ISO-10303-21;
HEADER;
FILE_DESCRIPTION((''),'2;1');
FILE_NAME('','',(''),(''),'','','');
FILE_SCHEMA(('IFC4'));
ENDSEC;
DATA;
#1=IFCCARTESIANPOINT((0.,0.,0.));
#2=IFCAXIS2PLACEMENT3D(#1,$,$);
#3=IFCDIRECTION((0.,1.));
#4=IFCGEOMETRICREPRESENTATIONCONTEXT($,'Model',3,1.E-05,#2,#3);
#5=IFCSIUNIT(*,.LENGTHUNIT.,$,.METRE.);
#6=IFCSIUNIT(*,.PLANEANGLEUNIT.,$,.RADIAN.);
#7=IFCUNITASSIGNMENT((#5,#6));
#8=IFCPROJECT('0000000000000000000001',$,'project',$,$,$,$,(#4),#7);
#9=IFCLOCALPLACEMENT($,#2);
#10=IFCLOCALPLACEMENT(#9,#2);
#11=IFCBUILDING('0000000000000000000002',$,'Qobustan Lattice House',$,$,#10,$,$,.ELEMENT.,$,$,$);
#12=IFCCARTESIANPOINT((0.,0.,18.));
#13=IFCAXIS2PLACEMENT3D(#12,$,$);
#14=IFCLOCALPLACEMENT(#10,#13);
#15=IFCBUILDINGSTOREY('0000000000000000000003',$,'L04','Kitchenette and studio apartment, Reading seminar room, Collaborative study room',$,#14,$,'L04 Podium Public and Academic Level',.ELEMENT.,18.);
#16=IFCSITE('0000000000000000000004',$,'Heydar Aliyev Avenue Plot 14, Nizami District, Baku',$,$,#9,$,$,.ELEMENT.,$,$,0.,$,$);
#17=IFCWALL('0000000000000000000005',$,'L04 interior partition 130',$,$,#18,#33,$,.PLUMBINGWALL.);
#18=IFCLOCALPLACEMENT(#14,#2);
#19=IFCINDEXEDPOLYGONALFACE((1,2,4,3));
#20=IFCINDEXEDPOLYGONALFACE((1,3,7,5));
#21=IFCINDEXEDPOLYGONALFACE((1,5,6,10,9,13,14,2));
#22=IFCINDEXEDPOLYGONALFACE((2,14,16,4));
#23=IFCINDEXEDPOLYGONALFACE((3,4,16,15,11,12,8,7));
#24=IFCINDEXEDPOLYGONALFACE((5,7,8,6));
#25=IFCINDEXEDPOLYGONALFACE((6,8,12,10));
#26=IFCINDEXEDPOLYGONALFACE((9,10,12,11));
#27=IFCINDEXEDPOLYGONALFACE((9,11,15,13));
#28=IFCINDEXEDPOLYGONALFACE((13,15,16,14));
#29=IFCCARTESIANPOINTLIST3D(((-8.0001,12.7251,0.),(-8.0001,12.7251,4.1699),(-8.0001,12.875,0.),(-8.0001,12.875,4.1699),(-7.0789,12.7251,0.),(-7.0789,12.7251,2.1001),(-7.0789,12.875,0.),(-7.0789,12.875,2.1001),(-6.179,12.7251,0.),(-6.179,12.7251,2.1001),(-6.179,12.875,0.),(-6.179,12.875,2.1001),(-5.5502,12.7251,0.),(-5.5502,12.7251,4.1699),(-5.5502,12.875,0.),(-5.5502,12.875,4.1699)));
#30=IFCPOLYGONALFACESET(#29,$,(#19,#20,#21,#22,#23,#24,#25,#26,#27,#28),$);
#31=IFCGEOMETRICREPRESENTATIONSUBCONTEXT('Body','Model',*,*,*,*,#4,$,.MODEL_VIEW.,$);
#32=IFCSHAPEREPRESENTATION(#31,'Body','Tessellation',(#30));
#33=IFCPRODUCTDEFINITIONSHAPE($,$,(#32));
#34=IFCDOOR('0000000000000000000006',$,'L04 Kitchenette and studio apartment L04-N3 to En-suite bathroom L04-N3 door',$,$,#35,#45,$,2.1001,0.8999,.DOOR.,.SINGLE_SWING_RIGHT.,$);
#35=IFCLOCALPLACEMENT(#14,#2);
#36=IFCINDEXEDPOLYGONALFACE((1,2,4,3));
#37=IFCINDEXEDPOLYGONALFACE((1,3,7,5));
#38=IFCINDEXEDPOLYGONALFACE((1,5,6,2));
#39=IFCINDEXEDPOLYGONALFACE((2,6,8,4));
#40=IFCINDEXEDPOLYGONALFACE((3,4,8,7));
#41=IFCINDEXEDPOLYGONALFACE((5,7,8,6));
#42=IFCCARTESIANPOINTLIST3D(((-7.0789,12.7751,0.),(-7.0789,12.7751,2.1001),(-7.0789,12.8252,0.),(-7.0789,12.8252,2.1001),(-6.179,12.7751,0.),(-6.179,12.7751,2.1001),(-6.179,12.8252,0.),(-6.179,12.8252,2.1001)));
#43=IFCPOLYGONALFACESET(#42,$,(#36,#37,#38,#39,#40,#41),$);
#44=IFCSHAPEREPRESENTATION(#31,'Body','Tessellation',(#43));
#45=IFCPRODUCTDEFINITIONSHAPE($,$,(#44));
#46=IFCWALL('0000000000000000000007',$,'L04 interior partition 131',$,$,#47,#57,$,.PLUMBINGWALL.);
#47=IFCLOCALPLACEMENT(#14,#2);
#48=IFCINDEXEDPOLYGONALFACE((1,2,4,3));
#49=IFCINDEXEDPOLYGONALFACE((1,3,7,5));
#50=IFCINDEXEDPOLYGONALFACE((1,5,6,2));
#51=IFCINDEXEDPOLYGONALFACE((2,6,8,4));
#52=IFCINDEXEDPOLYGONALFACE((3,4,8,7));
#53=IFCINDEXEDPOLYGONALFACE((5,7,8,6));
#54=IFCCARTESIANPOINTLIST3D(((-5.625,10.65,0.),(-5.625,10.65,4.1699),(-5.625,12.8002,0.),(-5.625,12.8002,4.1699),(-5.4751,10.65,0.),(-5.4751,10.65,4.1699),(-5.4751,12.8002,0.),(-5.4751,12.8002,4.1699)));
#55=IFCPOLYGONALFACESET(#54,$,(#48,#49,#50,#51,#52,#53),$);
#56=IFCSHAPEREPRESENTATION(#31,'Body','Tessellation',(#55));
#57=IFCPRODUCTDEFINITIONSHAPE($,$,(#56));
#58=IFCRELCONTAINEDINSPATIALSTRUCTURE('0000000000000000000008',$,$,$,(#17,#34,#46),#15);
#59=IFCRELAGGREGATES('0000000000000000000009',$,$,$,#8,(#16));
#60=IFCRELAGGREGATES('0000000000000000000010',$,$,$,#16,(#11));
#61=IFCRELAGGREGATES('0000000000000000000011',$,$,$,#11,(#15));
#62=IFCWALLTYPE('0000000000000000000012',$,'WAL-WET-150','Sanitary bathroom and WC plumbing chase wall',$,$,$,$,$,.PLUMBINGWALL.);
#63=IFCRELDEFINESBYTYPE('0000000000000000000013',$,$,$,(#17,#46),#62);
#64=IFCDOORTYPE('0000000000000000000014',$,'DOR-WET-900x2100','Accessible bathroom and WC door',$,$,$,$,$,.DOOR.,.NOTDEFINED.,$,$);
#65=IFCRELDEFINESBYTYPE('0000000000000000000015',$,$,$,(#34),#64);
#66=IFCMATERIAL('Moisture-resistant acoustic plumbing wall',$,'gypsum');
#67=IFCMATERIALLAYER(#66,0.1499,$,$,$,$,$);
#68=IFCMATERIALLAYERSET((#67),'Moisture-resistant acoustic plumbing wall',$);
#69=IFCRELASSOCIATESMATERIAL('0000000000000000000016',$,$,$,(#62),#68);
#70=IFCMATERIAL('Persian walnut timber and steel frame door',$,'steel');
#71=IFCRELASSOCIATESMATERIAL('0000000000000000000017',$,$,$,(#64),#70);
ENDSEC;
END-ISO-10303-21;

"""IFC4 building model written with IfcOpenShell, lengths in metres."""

from ifc_helpers import new_model, si_unit, direction, frame, frame_2d, origin, place, context, subcontext, project, spatial, rectangle, extrude, material, layer, layer_set, type_object, element, fill, save


model = new_model("IFC4")

# Units and contexts
model_context = context("Model", 3, precision=1e-05, world=origin(), true_north=direction((0.0, 1.0)))
body_context = subcontext(model_context, "Body", "Model", "MODEL_VIEW")
ifc_project = project(units=[si_unit("LENGTHUNIT", "METRE"), si_unit("PLANEANGLEUNIT", "RADIAN")], contexts=[model_context])

# Site, building, storey
site_placement = place(None, origin())
site = spatial("IfcSite", under=ifc_project, at=site_placement, Name="Heydar Aliyev Avenue Plot 14, Nizami District, Baku", CompositionType="ELEMENT", RefElevation=0.0)
building_placement = place(site_placement, origin())
building = spatial("IfcBuilding", under=site, at=building_placement, Name="Qobustan Lattice House", CompositionType="ELEMENT")
storey_placement = place(building_placement, frame((0.0, 0.0, 18.0)))
storey = spatial("IfcBuildingStorey", under=building, at=storey_placement, Name="L04", Description="Kitchenette and studio apartment, Reading seminar room, Collaborative study room", LongName="L04 Podium Public and Academic Level", CompositionType="ELEMENT", Elevation=18.0)

# Shared definitions
ifc_material_1 = material(Name="Moisture-resistant acoustic plumbing wall", Category="gypsum")
ifc_layer_1 = layer(ifc_material_1, 0.1499)
ifc_layer_set_1 = layer_set([ifc_layer_1], Name="Moisture-resistant acoustic plumbing wall")
wall_type_1 = type_object("IfcWallType", Name="WAL-WET-150", Description="Sanitary bathroom and WC plumbing chase wall", PredefinedType="PLUMBINGWALL", material=ifc_layer_set_1)
ifc_material_2 = material(Name="Persian walnut timber and steel frame door", Category="steel")
door_type_1 = type_object("IfcDoorType", Name="DOR-WET-900x2100", Description="Accessible bathroom and WC door", OperationType="NOTDEFINED", PredefinedType="DOOR", material=ifc_material_2)

# Wall, opening, door
wall_1_placement = place(storey_placement, frame((-5.55, 12.8, 0.0), z_axis=(0.0, 0.0, 1.0), x_axis=(-1.0, 0.0, 0.0)))
wall_1 = element("IfcWall", 1, at=wall_1_placement, inside=storey, type_object=wall_type_1, Name="L04 interior partition 130", PredefinedType="PLUMBINGWALL", context=body_context, shape_type="SweptSolid", body=[
    extrude(rectangle(XDim=2.45, YDim=0.1499, at=frame_2d((1.2251, 0.0))), origin(), (0.0, 0.0, 1.0), 4.1699),
])
opening_1_placement = place(wall_1_placement, frame((0.6289, 0.0, 0.0)))
opening_1 = element("IfcOpeningElement", 2, at=opening_1_placement, cuts=wall_1, PredefinedType="OPENING", context=body_context, shape_type="SweptSolid", body=[
    extrude(rectangle(XDim=0.8999, YDim=2.1001, at=frame_2d((0.45, 1.05))), frame((0.0, 0.085, 0.0), z_axis=(0.0, -1.0, 0.0), x_axis=(1.0, 0.0, 0.0)), (0.0, 0.0, 1.0), 0.1699),
])
door_1_placement = place(opening_1_placement, origin())
door_1 = element("IfcDoor", 3, at=door_1_placement, inside=storey, type_object=door_type_1, Name="L04 Kitchenette and studio apartment L04-N3 to En-suite bathroom L04-N3 door", OperationType="SINGLE_SWING_RIGHT", OverallHeight=2.1001, OverallWidth=0.8999, PredefinedType="DOOR", context=body_context, shape_type="SweptSolid", body=[
    extrude(rectangle(XDim=0.8999, YDim=2.1001, at=frame_2d((0.45, 1.05))), frame((0.0, 0.0249, 0.0), z_axis=(0.0, -1.0, 0.0), x_axis=(1.0, 0.0, 0.0)), (0.0, 0.0, 1.0), 0.05),
])
fill(opening_1, door_1)

# Wall
wall_2_placement = place(storey_placement, frame((-5.55, 10.6499, 0.0), z_axis=(0.0, 0.0, 1.0), x_axis=(0.0, 1.0, 0.0)))
element("IfcWall", 4, at=wall_2_placement, inside=storey, type_object=wall_type_1, Name="L04 interior partition 131", PredefinedType="PLUMBINGWALL", context=body_context, shape_type="SweptSolid", body=[
    extrude(rectangle(XDim=2.1501, YDim=0.1499, at=frame_2d((1.0752, 0.0))), origin(), (0.0, 0.0, 1.0), 4.1699),
])

save(model, "model.ifc")
